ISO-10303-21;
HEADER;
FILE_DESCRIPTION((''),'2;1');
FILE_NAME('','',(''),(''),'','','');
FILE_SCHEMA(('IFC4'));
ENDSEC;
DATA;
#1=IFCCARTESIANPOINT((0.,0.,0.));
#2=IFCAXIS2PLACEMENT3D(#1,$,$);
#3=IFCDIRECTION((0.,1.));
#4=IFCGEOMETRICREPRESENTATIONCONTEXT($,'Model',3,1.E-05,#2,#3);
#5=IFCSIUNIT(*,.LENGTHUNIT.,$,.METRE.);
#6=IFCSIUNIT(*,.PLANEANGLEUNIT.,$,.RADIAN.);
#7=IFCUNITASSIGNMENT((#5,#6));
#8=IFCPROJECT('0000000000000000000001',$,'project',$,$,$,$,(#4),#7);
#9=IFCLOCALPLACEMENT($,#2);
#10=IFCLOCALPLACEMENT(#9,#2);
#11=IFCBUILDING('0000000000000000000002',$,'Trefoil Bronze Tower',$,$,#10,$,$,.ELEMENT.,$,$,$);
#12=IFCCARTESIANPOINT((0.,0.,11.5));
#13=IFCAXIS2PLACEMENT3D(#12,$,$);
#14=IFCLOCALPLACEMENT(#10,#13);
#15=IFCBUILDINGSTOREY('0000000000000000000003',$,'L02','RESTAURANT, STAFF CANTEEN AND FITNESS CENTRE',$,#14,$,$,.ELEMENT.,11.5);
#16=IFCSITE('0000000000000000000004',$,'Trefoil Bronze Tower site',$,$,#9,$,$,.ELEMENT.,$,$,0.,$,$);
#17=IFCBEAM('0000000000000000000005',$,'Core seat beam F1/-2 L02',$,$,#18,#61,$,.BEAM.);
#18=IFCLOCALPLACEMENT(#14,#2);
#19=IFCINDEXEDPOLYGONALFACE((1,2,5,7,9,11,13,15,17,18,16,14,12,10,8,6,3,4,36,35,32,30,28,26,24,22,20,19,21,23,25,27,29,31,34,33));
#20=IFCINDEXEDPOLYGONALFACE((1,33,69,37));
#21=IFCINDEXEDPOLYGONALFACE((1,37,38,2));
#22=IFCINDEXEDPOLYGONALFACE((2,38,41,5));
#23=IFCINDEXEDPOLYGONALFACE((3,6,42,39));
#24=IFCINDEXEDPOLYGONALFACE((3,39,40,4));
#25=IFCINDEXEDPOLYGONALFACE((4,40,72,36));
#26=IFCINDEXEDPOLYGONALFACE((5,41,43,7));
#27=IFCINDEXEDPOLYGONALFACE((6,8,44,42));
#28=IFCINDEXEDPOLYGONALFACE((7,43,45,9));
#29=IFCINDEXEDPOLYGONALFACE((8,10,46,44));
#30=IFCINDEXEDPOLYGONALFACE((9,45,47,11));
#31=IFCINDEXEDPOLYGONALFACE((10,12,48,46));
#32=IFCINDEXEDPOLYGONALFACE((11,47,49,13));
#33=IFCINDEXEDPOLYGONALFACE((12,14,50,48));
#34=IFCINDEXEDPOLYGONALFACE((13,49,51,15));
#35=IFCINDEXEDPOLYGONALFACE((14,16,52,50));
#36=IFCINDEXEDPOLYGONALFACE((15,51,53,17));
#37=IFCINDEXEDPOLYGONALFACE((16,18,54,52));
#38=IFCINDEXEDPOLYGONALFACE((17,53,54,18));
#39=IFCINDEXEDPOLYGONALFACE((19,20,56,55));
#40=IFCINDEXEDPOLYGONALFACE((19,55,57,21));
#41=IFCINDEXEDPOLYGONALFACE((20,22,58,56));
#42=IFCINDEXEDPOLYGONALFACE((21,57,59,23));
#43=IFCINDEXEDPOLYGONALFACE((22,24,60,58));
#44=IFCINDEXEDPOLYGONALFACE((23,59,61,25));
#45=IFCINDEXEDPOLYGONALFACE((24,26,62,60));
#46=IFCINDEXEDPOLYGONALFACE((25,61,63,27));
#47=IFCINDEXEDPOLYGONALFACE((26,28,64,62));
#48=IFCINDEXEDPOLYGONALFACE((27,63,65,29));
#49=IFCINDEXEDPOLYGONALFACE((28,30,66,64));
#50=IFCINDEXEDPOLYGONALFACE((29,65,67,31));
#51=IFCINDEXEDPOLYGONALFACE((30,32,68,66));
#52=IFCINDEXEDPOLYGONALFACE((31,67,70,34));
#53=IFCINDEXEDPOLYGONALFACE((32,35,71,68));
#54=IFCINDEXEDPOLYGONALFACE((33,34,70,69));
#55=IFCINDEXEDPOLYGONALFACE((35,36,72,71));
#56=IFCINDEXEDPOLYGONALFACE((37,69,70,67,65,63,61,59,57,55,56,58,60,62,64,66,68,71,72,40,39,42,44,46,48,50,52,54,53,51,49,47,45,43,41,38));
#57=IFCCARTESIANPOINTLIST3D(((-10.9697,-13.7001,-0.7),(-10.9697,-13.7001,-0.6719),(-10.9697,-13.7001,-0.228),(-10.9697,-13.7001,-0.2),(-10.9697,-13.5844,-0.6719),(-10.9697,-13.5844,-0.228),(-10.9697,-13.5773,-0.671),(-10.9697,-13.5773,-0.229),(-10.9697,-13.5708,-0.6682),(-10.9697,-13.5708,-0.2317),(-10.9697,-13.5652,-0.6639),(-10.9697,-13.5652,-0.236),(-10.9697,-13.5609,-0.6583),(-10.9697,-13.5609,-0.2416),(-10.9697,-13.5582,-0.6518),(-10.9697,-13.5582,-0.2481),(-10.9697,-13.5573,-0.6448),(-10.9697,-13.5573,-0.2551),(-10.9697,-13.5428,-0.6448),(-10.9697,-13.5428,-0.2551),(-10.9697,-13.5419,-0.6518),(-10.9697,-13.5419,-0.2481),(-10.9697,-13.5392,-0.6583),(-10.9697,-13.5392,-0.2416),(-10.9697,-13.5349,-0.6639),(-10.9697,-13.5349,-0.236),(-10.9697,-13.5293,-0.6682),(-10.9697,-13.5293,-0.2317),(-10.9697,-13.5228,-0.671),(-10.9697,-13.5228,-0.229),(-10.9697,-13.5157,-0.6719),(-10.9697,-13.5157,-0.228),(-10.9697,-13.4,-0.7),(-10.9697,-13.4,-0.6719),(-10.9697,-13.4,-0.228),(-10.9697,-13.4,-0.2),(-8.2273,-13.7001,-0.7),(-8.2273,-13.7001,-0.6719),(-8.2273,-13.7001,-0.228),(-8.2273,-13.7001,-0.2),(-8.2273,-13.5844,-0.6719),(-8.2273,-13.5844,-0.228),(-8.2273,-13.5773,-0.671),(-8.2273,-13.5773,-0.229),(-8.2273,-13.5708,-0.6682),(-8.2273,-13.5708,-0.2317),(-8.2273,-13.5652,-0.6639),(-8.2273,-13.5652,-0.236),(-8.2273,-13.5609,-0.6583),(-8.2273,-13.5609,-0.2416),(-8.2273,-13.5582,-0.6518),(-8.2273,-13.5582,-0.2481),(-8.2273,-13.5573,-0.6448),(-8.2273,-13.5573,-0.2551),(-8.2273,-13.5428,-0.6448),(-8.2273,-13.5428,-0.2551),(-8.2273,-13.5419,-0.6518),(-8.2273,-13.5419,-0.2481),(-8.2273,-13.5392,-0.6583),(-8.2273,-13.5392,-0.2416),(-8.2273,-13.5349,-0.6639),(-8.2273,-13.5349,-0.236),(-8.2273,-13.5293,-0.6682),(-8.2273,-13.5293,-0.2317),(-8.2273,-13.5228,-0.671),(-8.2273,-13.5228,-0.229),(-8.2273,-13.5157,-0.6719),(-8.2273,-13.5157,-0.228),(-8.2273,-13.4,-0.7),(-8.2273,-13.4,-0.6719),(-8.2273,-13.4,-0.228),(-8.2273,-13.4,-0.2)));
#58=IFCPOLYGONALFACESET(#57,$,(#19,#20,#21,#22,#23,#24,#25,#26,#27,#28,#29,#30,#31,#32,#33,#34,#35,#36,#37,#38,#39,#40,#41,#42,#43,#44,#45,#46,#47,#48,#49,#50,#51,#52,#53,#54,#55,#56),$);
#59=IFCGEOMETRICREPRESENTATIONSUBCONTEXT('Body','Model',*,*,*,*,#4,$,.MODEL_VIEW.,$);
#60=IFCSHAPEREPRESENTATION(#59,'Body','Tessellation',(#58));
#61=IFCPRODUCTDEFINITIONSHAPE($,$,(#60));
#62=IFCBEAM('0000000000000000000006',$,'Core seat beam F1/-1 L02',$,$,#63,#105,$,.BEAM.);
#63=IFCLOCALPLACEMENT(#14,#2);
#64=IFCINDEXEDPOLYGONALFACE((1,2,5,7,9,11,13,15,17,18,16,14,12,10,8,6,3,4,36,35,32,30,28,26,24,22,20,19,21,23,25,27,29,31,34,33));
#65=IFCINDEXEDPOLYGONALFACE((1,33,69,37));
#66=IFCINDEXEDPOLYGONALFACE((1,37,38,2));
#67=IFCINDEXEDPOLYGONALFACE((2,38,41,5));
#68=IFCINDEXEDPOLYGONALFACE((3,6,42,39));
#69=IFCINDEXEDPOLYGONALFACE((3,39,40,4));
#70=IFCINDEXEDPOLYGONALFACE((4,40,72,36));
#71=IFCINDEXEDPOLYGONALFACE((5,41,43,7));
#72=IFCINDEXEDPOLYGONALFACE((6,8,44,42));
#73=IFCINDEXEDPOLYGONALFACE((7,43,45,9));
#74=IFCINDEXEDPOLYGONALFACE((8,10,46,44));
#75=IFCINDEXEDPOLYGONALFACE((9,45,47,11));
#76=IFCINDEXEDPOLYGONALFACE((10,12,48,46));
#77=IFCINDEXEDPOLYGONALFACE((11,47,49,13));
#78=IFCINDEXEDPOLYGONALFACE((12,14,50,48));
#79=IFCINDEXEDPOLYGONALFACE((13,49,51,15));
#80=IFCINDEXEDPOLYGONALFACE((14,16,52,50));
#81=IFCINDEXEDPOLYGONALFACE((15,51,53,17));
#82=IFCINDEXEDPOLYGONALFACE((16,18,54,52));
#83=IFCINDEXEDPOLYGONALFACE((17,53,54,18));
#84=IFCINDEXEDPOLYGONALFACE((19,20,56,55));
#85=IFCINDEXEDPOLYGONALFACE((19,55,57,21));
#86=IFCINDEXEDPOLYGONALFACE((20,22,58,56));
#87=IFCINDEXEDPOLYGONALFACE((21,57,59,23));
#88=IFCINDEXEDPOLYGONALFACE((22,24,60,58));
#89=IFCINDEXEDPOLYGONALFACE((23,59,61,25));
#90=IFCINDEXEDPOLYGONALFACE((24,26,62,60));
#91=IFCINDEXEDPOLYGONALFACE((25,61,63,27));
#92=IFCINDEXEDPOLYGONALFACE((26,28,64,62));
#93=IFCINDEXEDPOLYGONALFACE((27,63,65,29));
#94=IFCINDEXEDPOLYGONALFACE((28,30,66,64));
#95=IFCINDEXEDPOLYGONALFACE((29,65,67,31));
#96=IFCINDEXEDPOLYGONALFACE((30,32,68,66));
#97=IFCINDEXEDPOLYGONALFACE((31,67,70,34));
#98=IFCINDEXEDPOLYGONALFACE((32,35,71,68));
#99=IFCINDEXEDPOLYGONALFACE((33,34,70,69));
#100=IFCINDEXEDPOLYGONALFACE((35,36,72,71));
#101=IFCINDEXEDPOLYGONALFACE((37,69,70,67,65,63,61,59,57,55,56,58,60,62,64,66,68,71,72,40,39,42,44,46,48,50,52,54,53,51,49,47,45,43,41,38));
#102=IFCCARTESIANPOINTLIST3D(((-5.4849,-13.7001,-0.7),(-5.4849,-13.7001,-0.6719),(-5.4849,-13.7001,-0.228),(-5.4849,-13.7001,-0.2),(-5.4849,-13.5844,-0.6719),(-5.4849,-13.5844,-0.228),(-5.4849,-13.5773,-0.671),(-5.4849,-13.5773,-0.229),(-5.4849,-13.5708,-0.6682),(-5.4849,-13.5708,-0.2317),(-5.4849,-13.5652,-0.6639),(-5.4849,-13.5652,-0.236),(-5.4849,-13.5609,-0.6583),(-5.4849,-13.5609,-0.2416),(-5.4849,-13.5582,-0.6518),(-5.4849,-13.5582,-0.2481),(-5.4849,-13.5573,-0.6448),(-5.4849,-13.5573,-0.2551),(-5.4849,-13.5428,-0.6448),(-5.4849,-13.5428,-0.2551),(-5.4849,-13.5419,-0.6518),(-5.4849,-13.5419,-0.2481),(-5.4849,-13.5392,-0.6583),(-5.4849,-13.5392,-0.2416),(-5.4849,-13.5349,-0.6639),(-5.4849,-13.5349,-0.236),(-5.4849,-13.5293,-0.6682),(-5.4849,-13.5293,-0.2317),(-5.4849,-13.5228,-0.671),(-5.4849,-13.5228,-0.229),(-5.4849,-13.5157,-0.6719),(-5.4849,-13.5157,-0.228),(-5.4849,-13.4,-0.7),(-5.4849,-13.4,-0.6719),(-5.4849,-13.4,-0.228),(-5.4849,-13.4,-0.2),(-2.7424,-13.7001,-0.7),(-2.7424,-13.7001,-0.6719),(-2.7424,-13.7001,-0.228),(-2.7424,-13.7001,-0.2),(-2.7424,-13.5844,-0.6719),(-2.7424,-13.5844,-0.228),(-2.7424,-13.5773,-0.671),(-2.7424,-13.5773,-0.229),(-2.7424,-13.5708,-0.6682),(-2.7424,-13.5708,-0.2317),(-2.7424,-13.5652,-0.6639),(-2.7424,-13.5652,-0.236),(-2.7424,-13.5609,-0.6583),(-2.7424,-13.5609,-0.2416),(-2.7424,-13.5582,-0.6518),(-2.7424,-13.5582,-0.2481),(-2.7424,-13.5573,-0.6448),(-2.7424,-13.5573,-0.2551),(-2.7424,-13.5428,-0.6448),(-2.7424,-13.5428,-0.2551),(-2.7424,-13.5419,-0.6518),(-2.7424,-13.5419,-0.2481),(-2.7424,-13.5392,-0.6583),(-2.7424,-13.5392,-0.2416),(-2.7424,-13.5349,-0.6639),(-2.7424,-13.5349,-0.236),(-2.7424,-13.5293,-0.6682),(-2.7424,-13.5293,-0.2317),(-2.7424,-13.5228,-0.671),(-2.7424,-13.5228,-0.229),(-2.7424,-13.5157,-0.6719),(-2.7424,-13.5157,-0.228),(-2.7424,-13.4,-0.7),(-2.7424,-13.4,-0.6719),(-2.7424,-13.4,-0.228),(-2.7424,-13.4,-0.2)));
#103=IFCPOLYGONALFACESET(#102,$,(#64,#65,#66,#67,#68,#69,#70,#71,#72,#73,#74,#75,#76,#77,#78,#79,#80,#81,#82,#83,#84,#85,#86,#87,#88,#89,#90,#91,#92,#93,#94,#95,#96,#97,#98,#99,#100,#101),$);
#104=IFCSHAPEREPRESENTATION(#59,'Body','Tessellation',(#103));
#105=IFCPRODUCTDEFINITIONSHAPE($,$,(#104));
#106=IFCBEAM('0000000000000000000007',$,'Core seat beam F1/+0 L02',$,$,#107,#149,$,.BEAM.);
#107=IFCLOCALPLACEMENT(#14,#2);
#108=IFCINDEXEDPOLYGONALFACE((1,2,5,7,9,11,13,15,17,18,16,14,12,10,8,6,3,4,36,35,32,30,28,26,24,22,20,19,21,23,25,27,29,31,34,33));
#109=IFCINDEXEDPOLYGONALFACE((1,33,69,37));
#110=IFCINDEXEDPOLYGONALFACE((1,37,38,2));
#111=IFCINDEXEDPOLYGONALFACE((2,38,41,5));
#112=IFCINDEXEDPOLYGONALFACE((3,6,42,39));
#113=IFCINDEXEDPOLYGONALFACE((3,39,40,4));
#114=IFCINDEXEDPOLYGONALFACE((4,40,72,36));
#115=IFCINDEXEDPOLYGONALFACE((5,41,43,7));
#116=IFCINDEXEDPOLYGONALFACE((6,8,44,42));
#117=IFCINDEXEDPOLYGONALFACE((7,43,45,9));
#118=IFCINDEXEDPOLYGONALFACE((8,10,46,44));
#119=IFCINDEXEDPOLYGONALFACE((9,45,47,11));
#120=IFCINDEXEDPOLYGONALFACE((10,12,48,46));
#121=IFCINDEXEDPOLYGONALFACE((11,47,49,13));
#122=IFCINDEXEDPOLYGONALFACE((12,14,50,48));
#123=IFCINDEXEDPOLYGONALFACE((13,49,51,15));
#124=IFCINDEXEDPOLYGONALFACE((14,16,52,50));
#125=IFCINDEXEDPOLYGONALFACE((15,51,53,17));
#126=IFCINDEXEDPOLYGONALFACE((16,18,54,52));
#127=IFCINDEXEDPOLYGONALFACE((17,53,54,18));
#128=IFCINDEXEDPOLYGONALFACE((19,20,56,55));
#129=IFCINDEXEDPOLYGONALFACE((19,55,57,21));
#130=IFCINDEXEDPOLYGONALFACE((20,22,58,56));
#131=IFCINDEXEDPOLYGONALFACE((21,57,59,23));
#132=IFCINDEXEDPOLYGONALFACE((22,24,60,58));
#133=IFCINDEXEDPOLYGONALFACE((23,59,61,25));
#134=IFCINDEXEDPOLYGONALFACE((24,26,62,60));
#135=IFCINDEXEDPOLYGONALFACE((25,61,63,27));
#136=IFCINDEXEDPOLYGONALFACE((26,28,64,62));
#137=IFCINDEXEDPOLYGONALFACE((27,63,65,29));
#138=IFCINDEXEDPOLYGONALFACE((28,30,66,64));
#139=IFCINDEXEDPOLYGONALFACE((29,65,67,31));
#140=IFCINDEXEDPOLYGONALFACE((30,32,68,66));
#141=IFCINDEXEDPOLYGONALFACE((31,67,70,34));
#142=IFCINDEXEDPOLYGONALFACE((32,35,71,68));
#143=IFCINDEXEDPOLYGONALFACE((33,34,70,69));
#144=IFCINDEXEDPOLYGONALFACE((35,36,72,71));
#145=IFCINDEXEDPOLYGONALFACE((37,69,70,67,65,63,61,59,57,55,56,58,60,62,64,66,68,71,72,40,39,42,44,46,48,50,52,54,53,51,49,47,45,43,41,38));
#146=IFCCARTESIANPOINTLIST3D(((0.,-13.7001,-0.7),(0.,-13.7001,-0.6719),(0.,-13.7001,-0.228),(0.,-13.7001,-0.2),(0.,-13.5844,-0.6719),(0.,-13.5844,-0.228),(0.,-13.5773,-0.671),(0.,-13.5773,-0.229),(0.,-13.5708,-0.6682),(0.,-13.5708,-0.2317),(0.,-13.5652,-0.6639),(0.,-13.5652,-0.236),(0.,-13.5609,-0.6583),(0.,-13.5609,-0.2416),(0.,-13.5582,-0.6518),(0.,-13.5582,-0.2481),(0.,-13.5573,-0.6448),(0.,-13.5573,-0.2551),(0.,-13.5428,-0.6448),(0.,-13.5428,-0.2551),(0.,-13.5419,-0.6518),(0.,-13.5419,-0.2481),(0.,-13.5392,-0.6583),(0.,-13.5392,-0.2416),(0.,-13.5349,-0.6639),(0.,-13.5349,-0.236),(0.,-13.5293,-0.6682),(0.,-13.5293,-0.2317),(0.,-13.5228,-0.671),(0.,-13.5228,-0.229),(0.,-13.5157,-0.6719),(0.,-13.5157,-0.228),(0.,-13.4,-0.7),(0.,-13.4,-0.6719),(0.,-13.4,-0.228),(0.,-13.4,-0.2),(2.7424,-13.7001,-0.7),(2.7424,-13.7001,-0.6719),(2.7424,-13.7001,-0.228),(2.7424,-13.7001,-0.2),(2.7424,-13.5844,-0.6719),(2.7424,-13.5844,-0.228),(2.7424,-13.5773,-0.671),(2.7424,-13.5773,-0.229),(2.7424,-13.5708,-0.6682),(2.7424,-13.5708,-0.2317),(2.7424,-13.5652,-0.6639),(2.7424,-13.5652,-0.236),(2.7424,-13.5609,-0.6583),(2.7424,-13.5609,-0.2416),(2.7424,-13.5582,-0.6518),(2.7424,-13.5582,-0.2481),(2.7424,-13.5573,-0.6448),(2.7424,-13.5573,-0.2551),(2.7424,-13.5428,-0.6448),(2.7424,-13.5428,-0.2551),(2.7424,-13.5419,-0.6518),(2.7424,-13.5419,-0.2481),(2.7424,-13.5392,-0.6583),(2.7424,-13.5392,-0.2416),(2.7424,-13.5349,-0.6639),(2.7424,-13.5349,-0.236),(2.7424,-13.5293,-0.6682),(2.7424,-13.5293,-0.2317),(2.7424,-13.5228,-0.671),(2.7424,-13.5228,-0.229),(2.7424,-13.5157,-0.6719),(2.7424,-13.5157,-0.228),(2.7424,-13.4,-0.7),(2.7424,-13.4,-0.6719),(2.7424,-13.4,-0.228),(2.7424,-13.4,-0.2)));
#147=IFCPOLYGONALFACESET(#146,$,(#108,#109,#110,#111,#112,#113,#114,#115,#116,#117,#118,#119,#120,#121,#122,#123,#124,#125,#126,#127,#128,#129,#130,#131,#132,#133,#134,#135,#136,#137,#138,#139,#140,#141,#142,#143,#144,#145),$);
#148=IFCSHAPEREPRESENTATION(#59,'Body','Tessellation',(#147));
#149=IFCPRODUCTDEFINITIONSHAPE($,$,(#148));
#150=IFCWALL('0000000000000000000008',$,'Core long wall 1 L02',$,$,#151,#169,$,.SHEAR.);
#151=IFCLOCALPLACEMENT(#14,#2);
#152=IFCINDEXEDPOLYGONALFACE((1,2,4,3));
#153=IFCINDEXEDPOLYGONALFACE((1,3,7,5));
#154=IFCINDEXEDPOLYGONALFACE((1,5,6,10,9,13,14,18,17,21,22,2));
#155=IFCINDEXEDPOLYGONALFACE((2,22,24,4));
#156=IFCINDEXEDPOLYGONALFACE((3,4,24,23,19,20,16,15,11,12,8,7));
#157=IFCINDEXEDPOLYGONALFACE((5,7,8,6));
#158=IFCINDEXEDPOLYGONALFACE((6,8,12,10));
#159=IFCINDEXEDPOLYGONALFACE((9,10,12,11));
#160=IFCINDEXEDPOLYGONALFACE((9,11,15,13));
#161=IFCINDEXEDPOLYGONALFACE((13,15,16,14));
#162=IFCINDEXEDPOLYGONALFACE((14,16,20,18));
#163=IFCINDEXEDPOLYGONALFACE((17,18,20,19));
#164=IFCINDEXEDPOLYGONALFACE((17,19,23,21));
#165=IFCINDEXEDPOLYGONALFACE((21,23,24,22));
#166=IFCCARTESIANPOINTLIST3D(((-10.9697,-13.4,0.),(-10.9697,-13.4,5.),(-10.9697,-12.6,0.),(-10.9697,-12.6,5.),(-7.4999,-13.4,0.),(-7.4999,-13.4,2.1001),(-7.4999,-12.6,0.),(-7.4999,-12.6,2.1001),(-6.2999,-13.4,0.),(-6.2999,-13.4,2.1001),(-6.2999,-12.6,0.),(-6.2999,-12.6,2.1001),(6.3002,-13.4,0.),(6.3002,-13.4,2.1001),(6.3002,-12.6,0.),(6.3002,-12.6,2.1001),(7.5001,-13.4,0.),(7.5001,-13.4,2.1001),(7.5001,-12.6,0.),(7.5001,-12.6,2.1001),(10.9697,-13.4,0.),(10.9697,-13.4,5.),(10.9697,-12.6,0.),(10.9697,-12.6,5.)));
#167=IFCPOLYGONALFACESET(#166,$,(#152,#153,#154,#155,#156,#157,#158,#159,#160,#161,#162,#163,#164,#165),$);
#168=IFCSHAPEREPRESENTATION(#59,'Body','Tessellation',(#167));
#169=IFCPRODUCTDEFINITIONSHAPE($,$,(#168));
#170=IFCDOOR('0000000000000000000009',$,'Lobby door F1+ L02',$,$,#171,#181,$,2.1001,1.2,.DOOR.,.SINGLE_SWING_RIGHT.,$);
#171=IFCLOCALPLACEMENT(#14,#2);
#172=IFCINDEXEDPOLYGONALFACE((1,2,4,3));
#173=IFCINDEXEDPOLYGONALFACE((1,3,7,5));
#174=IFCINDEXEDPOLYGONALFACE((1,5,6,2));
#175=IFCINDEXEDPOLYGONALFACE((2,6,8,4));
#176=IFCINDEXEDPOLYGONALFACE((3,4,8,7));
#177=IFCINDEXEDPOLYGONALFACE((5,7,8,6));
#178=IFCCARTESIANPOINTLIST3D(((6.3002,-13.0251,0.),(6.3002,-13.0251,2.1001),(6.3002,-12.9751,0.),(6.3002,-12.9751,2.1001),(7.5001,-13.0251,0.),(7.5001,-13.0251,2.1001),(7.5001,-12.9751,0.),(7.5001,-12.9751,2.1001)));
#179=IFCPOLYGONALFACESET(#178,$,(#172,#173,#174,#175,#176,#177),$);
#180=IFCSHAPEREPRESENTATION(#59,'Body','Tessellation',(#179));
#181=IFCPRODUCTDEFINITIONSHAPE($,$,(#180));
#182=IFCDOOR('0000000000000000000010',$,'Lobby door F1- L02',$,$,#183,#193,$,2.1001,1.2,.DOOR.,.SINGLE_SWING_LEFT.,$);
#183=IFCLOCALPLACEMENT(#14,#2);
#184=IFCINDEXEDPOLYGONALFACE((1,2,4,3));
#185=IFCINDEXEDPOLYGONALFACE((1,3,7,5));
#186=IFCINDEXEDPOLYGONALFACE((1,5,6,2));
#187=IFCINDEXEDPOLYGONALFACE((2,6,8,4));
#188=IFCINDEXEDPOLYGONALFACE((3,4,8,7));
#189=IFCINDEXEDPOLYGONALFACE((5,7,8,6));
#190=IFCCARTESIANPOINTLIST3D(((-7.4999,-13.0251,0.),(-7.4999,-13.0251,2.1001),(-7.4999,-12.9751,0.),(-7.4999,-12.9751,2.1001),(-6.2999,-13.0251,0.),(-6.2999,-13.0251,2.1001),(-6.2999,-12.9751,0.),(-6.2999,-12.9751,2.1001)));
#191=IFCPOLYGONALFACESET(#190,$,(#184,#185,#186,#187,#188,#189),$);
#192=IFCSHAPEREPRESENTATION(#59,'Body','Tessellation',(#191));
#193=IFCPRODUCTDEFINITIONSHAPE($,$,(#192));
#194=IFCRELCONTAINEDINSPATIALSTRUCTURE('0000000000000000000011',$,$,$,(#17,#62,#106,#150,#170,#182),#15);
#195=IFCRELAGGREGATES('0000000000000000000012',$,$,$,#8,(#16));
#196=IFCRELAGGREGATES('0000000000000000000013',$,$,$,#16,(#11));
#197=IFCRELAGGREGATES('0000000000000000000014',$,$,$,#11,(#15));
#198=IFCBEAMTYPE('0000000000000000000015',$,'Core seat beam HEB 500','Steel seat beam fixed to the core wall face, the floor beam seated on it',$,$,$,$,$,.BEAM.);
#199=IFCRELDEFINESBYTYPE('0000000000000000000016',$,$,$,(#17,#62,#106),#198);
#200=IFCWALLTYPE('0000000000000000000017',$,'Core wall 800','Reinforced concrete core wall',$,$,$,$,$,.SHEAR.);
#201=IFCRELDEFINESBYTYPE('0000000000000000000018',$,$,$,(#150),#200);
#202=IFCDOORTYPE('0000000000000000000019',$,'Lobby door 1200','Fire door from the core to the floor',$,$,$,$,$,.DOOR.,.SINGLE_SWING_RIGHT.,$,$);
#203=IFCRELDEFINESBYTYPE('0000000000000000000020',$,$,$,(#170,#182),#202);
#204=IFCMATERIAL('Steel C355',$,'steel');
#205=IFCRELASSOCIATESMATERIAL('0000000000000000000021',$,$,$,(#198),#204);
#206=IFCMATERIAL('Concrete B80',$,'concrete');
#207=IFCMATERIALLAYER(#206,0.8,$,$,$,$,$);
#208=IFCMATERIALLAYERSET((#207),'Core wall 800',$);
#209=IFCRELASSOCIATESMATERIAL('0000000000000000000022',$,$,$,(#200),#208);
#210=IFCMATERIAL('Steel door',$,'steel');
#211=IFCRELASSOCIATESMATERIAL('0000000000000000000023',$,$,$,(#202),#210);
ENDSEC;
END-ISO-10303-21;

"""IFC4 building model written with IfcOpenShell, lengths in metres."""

from ifc_helpers import new_model, si_unit, direction, frame, frame_2d, origin, origin_2d, place, context, subcontext, project, spatial, rectangle, i_section, extrude, material, layer, layer_set, material_profile, profile_set, type_object, element, fill, save


model = new_model("IFC4")

# Units and contexts
model_context = context("Model", 3, precision=1e-05, world=origin(), true_north=direction((0.0, 1.0)))
body_context = subcontext(model_context, "Body", "Model", "MODEL_VIEW")
ifc_project = project(units=[si_unit("LENGTHUNIT", "METRE"), si_unit("PLANEANGLEUNIT", "RADIAN")], contexts=[model_context])

# Site, building, storey
site_placement = place(None, origin())
site = spatial("IfcSite", under=ifc_project, at=site_placement, Name="Trefoil Bronze Tower site", CompositionType="ELEMENT", RefElevation=0.0)
building_placement = place(site_placement, origin())
building = spatial("IfcBuilding", under=site, at=building_placement, Name="Trefoil Bronze Tower", CompositionType="ELEMENT")
storey_placement = place(building_placement, frame((0.0, 0.0, 11.5)))
storey = spatial("IfcBuildingStorey", under=building, at=storey_placement, Name="L02", Description="RESTAURANT, STAFF CANTEEN AND FITNESS CENTRE", CompositionType="ELEMENT", Elevation=11.5)

# Beams
ifc_material_1 = material(Name="Steel C355", Category="steel")
ifc_material_profile = material_profile(ifc_material_1, i_section(OverallWidth=0.3, OverallDepth=0.5, WebThickness=0.0144, FlangeThickness=0.0281, FilletRadius=0.0271, at=origin_2d()), Name="HEB 500")
ifc_profile_set = profile_set([ifc_material_profile], Name="Steel C355")
beam_type = type_object("IfcBeamType", Name="Core seat beam HEB 500", Description="Steel seat beam fixed to the core wall face, the floor beam seated on it", PredefinedType="BEAM", material=ifc_profile_set)
for number, where, z_axis, x_axis, name in (
    (1, (-10.9697, -13.55, -0.45), (1.0, 0.0, 0.0), (0.0, 1.0, 0.0), "Core seat beam F1/-2 L02"),
    (2, (-5.4849, -13.55, -0.45), (1.0, 0.0, 0.0), (0.0, 1.0, 0.0), "Core seat beam F1/-1 L02"),
    (3, (0.0, -13.55, -0.45), (1.0, 0.0, 0.0), (0.0, 1.0, 0.0), "Core seat beam F1/+0 L02"),
):
    element("IfcBeam", number, at=place(storey_placement, frame(where, z_axis=z_axis, x_axis=x_axis)), inside=storey, type_object=beam_type, Name=name, PredefinedType="BEAM", context=body_context, shape_type="SweptSolid", body=[
        extrude(i_section(OverallWidth=0.3, OverallDepth=0.5, WebThickness=0.0144, FlangeThickness=0.0281, FilletRadius=0.0271, at=origin_2d()), origin(), (0.0, 0.0, 1.0), 2.7424),
    ])

# Wall, openings, doors
ifc_material_2 = material(Name="Concrete B80", Category="concrete")
ifc_layer_1 = layer(ifc_material_2, 0.8)
ifc_layer_set_1 = layer_set([ifc_layer_1], Name="Core wall 800")
wall_type_1 = type_object("IfcWallType", Name="Core wall 800", Description="Reinforced concrete core wall", PredefinedType="SHEAR", material=ifc_layer_set_1)
wall_1_placement = place(storey_placement, frame((-10.9697, -13.0, 0.0), z_axis=(0.0, 0.0, 1.0), x_axis=(1.0, 0.0, 0.0)))
wall_1 = element("IfcWall", 4, at=wall_1_placement, inside=storey, type_object=wall_type_1, Name="Core long wall 1 L02", PredefinedType="SHEAR", context=body_context, shape_type="SweptSolid", body=[
    extrude(rectangle(XDim=21.9395, YDim=0.8, at=frame_2d((10.9697, 0.0))), origin(), (0.0, 0.0, 1.0), 5.0),
])
opening_1_placement = place(wall_1_placement, frame((17.2698, 0.0, 0.0)))
opening_1 = element("IfcOpeningElement", 5, at=opening_1_placement, cuts=wall_1, PredefinedType="OPENING", context=body_context, shape_type="SweptSolid", body=[
    extrude(rectangle(XDim=1.2, YDim=2.1001, at=frame_2d((0.6001, 1.05))), frame((0.0, 0.4099, 0.0), z_axis=(0.0, -1.0, 0.0), x_axis=(1.0, 0.0, 0.0)), (0.0, 0.0, 1.0), 0.8201),
])
opening_2_placement = place(wall_1_placement, frame((3.4697, 0.0, 0.0)))
opening_2 = element("IfcOpeningElement", 6, at=opening_2_placement, cuts=wall_1, PredefinedType="OPENING", context=body_context, shape_type="SweptSolid", body=[
    extrude(rectangle(XDim=1.2, YDim=2.1001, at=frame_2d((0.6001, 1.05))), frame((0.0, 0.4099, 0.0), z_axis=(0.0, -1.0, 0.0), x_axis=(1.0, 0.0, 0.0)), (0.0, 0.0, 1.0), 0.8201),
])
ifc_material_3 = material(Name="Steel door", Category="steel")
door_type_1 = type_object("IfcDoorType", Name="Lobby door 1200", Description="Fire door from the core to the floor", OperationType="SINGLE_SWING_RIGHT", PredefinedType="DOOR", material=ifc_material_3)
door_1_placement = place(opening_1_placement, origin())
door_1 = element("IfcDoor", 7, at=door_1_placement, inside=storey, type_object=door_type_1, Name="Lobby door F1+ L02", OperationType="SINGLE_SWING_RIGHT", OverallHeight=2.1001, OverallWidth=1.2, PredefinedType="DOOR", context=body_context, shape_type="SweptSolid", body=[
    extrude(rectangle(XDim=1.2, YDim=2.1001, at=frame_2d((0.6001, 1.05))), frame((0.0, 0.0249, 0.0), z_axis=(0.0, -1.0, 0.0), x_axis=(1.0, 0.0, 0.0)), (0.0, 0.0, 1.0), 0.05),
])
fill(opening_1, door_1)
door_2_placement = place(opening_2_placement, origin())
door_2 = element("IfcDoor", 8, at=door_2_placement, inside=storey, type_object=door_type_1, Name="Lobby door F1- L02", OperationType="SINGLE_SWING_LEFT", OverallHeight=2.1001, OverallWidth=1.2, PredefinedType="DOOR", context=body_context, shape_type="SweptSolid", body=[
    extrude(rectangle(XDim=1.2, YDim=2.1001, at=frame_2d((0.6001, 1.05))), frame((0.0, 0.0249, 0.0), z_axis=(0.0, -1.0, 0.0), x_axis=(1.0, 0.0, 0.0)), (0.0, 0.0, 1.0), 0.05),
])
fill(opening_2, door_2)

save(model, "model.ifc")
